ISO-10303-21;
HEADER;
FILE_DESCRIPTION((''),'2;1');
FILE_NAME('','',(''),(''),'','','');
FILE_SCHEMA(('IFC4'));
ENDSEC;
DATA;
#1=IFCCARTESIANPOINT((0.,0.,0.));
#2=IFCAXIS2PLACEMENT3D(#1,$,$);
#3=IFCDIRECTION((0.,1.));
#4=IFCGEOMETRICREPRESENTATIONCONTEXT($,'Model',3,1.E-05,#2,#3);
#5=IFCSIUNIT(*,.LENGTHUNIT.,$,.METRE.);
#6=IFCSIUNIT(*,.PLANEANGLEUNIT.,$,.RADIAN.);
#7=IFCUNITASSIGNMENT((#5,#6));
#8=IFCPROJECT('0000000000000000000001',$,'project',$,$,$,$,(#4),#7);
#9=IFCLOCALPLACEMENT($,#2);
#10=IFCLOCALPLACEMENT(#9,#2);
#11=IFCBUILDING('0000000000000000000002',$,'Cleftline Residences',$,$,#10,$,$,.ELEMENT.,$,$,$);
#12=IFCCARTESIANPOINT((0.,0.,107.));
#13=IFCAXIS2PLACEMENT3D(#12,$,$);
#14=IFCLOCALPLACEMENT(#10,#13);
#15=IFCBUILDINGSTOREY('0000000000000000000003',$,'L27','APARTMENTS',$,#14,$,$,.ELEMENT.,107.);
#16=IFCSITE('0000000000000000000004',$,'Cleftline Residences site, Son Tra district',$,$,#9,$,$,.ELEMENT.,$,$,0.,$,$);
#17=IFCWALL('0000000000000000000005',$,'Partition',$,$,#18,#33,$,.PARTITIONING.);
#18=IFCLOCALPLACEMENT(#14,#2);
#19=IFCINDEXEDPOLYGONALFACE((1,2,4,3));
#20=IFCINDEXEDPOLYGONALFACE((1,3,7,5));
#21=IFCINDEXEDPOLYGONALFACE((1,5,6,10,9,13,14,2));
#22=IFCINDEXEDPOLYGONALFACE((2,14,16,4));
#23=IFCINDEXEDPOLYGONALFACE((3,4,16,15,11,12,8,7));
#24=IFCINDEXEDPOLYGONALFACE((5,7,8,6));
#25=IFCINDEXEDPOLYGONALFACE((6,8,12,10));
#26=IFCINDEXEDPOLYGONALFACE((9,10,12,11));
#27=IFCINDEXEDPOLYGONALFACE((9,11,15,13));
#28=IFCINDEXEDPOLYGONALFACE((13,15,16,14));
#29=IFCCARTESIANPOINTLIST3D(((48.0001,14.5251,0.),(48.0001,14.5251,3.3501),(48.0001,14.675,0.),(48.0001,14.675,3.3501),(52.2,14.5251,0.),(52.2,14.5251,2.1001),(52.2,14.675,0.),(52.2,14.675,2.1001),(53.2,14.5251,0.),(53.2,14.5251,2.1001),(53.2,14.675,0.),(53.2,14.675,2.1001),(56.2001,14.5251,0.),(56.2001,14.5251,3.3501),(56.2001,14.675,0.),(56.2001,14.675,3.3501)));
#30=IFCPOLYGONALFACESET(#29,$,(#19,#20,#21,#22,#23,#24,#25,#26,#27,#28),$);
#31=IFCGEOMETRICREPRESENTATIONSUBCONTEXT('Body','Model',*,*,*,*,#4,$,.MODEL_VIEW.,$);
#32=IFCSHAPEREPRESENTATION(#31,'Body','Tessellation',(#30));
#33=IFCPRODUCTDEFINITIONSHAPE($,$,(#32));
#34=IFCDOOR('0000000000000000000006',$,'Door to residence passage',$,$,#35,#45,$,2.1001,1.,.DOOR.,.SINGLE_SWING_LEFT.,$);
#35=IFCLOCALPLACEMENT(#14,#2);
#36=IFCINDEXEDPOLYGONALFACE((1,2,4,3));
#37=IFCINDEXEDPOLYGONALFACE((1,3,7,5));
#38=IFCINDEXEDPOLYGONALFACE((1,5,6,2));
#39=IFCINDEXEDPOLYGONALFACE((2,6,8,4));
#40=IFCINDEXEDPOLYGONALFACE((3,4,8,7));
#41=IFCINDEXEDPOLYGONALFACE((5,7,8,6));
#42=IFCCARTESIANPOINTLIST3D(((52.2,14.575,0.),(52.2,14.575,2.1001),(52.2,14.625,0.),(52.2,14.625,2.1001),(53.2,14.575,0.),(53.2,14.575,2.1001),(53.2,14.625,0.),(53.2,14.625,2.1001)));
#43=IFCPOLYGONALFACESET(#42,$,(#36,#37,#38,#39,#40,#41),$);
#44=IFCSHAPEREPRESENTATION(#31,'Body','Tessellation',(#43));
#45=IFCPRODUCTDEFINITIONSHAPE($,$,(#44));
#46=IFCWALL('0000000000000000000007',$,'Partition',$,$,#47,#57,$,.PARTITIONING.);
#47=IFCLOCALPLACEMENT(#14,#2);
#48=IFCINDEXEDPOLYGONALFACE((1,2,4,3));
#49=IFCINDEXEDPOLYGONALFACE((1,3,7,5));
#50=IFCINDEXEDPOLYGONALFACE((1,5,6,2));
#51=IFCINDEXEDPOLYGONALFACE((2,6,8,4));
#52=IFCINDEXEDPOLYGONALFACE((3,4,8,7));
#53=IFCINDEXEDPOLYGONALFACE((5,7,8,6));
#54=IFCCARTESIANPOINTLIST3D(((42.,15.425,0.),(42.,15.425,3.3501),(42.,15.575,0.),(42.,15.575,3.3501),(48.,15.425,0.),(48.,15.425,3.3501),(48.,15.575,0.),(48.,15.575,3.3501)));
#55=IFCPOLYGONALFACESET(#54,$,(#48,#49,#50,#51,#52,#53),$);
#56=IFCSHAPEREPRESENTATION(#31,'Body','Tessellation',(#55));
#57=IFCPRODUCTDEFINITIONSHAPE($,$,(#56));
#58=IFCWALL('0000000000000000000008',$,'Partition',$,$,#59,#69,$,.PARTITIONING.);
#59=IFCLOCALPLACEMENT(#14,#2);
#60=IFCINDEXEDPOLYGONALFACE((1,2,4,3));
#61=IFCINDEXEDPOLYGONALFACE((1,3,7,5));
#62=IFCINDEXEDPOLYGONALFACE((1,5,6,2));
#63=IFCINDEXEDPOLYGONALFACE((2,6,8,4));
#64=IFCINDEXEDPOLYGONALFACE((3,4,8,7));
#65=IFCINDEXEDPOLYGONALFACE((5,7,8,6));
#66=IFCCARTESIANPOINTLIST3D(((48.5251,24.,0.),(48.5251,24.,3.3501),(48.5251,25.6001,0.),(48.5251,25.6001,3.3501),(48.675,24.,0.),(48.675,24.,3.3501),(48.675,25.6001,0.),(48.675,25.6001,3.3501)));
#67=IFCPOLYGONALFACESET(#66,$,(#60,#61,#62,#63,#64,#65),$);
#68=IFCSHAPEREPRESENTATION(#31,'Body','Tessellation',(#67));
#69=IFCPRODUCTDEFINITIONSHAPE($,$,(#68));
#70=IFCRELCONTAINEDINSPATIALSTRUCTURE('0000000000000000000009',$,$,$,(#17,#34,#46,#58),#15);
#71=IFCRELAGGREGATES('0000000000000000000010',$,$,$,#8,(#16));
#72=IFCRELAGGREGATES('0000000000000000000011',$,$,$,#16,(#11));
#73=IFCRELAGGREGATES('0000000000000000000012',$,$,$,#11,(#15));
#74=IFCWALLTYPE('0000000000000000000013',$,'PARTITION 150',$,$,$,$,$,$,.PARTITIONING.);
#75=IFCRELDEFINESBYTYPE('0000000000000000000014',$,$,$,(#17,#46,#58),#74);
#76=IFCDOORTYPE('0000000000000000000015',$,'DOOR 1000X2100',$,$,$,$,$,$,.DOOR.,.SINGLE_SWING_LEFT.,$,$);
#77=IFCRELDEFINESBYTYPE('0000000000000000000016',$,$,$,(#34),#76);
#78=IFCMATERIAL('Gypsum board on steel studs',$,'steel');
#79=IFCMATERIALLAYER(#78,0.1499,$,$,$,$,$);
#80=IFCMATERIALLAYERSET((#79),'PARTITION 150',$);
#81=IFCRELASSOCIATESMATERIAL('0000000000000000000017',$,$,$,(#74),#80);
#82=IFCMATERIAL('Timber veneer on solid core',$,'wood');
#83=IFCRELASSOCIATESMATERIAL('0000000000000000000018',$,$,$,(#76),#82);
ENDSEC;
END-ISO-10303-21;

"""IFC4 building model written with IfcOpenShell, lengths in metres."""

from ifc_helpers import new_model, si_unit, direction, frame, frame_2d, origin, place, context, subcontext, project, spatial, rectangle, extrude, material, layer, layer_set, type_object, element, fill, save


model = new_model("IFC4")

# Units and contexts
model_context = context("Model", 3, precision=1e-05, world=origin(), true_north=direction((0.0, 1.0)))
body_context = subcontext(model_context, "Body", "Model", "MODEL_VIEW")
ifc_project = project(units=[si_unit("LENGTHUNIT", "METRE"), si_unit("PLANEANGLEUNIT", "RADIAN")], contexts=[model_context])

# Site, building, storey
site_placement = place(None, origin())
site = spatial("IfcSite", under=ifc_project, at=site_placement, Name="Cleftline Residences site, Son Tra district", CompositionType="ELEMENT", RefElevation=0.0)
building_placement = place(site_placement, origin())
building = spatial("IfcBuilding", under=site, at=building_placement, Name="Cleftline Residences", CompositionType="ELEMENT")
storey_placement = place(building_placement, frame((0.0, 0.0, 107.0)))
storey = spatial("IfcBuildingStorey", under=building, at=storey_placement, Name="L27", Description="APARTMENTS", CompositionType="ELEMENT", Elevation=107.0)

# Wall, opening, door
ifc_material_1 = material(Name="Gypsum board on steel studs", Category="steel")
ifc_layer_1 = layer(ifc_material_1, 0.1499)
ifc_layer_set_1 = layer_set([ifc_layer_1], Name="PARTITION 150")
wall_type_1 = type_object("IfcWallType", Name="PARTITION 150", PredefinedType="PARTITIONING", material=ifc_layer_set_1)
wall_1_placement = place(storey_placement, frame((48.0, 14.6001, 0.0), z_axis=(0.0, 0.0, 1.0), x_axis=(1.0, 0.0, 0.0)))
wall_1 = element("IfcWall", 1, at=wall_1_placement, inside=storey, type_object=wall_type_1, Name="Partition", PredefinedType="PARTITIONING", context=body_context, shape_type="SweptSolid", body=[
    extrude(rectangle(XDim=8.2, YDim=0.1499, at=frame_2d((4.1001, 0.0))), origin(), (0.0, 0.0, 1.0), 3.3501),
])
opening_1_placement = place(wall_1_placement, frame((4.2, 0.0, 0.0)))
opening_1 = element("IfcOpeningElement", 2, at=opening_1_placement, cuts=wall_1, PredefinedType="OPENING", context=body_context, shape_type="SweptSolid", body=[
    extrude(rectangle(XDim=1.0, YDim=2.1001, at=frame_2d((0.5, 1.05))), frame((0.0, 0.085, 0.0), z_axis=(0.0, -1.0, 0.0), x_axis=(1.0, 0.0, 0.0)), (0.0, 0.0, 1.0), 0.1699),
])
ifc_material_2 = material(Name="Timber veneer on solid core", Category="wood")
door_type_1 = type_object("IfcDoorType", Name="DOOR 1000X2100", OperationType="SINGLE_SWING_LEFT", PredefinedType="DOOR", material=ifc_material_2)
door_1_placement = place(opening_1_placement, origin())
door_1 = element("IfcDoor", 3, at=door_1_placement, inside=storey, type_object=door_type_1, Name="Door to residence passage", OperationType="SINGLE_SWING_LEFT", OverallHeight=2.1001, OverallWidth=1.0, PredefinedType="DOOR", context=body_context, shape_type="SweptSolid", body=[
    extrude(rectangle(XDim=1.0, YDim=2.1001, at=frame_2d((0.5, 1.05))), frame((0.0, 0.0249, 0.0), z_axis=(0.0, -1.0, 0.0), x_axis=(1.0, 0.0, 0.0)), (0.0, 0.0, 1.0), 0.05),
])
fill(opening_1, door_1)

# Walls
wall_2_placement = place(storey_placement, frame((42.0, 15.5, 0.0), z_axis=(0.0, 0.0, 1.0), x_axis=(1.0, 0.0, 0.0)))
element("IfcWall", 4, at=wall_2_placement, inside=storey, type_object=wall_type_1, Name="Partition", PredefinedType="PARTITIONING", context=body_context, shape_type="SweptSolid", body=[
    extrude(rectangle(XDim=6.0, YDim=0.1499, at=frame_2d((3.0, 0.0))), origin(), (0.0, 0.0, 1.0), 3.3501),
])
wall_3_placement = place(storey_placement, frame((48.6001, 24.0, 0.0), z_axis=(0.0, 0.0, 1.0), x_axis=(0.0, 1.0, 0.0)))
element("IfcWall", 5, at=wall_3_placement, inside=storey, type_object=wall_type_1, Name="Partition", PredefinedType="PARTITIONING", context=body_context, shape_type="SweptSolid", body=[
    extrude(rectangle(XDim=1.6001, YDim=0.1499, at=frame_2d((0.8, 0.0))), origin(), (0.0, 0.0, 1.0), 3.3501),
])

save(model, "model.ifc")
